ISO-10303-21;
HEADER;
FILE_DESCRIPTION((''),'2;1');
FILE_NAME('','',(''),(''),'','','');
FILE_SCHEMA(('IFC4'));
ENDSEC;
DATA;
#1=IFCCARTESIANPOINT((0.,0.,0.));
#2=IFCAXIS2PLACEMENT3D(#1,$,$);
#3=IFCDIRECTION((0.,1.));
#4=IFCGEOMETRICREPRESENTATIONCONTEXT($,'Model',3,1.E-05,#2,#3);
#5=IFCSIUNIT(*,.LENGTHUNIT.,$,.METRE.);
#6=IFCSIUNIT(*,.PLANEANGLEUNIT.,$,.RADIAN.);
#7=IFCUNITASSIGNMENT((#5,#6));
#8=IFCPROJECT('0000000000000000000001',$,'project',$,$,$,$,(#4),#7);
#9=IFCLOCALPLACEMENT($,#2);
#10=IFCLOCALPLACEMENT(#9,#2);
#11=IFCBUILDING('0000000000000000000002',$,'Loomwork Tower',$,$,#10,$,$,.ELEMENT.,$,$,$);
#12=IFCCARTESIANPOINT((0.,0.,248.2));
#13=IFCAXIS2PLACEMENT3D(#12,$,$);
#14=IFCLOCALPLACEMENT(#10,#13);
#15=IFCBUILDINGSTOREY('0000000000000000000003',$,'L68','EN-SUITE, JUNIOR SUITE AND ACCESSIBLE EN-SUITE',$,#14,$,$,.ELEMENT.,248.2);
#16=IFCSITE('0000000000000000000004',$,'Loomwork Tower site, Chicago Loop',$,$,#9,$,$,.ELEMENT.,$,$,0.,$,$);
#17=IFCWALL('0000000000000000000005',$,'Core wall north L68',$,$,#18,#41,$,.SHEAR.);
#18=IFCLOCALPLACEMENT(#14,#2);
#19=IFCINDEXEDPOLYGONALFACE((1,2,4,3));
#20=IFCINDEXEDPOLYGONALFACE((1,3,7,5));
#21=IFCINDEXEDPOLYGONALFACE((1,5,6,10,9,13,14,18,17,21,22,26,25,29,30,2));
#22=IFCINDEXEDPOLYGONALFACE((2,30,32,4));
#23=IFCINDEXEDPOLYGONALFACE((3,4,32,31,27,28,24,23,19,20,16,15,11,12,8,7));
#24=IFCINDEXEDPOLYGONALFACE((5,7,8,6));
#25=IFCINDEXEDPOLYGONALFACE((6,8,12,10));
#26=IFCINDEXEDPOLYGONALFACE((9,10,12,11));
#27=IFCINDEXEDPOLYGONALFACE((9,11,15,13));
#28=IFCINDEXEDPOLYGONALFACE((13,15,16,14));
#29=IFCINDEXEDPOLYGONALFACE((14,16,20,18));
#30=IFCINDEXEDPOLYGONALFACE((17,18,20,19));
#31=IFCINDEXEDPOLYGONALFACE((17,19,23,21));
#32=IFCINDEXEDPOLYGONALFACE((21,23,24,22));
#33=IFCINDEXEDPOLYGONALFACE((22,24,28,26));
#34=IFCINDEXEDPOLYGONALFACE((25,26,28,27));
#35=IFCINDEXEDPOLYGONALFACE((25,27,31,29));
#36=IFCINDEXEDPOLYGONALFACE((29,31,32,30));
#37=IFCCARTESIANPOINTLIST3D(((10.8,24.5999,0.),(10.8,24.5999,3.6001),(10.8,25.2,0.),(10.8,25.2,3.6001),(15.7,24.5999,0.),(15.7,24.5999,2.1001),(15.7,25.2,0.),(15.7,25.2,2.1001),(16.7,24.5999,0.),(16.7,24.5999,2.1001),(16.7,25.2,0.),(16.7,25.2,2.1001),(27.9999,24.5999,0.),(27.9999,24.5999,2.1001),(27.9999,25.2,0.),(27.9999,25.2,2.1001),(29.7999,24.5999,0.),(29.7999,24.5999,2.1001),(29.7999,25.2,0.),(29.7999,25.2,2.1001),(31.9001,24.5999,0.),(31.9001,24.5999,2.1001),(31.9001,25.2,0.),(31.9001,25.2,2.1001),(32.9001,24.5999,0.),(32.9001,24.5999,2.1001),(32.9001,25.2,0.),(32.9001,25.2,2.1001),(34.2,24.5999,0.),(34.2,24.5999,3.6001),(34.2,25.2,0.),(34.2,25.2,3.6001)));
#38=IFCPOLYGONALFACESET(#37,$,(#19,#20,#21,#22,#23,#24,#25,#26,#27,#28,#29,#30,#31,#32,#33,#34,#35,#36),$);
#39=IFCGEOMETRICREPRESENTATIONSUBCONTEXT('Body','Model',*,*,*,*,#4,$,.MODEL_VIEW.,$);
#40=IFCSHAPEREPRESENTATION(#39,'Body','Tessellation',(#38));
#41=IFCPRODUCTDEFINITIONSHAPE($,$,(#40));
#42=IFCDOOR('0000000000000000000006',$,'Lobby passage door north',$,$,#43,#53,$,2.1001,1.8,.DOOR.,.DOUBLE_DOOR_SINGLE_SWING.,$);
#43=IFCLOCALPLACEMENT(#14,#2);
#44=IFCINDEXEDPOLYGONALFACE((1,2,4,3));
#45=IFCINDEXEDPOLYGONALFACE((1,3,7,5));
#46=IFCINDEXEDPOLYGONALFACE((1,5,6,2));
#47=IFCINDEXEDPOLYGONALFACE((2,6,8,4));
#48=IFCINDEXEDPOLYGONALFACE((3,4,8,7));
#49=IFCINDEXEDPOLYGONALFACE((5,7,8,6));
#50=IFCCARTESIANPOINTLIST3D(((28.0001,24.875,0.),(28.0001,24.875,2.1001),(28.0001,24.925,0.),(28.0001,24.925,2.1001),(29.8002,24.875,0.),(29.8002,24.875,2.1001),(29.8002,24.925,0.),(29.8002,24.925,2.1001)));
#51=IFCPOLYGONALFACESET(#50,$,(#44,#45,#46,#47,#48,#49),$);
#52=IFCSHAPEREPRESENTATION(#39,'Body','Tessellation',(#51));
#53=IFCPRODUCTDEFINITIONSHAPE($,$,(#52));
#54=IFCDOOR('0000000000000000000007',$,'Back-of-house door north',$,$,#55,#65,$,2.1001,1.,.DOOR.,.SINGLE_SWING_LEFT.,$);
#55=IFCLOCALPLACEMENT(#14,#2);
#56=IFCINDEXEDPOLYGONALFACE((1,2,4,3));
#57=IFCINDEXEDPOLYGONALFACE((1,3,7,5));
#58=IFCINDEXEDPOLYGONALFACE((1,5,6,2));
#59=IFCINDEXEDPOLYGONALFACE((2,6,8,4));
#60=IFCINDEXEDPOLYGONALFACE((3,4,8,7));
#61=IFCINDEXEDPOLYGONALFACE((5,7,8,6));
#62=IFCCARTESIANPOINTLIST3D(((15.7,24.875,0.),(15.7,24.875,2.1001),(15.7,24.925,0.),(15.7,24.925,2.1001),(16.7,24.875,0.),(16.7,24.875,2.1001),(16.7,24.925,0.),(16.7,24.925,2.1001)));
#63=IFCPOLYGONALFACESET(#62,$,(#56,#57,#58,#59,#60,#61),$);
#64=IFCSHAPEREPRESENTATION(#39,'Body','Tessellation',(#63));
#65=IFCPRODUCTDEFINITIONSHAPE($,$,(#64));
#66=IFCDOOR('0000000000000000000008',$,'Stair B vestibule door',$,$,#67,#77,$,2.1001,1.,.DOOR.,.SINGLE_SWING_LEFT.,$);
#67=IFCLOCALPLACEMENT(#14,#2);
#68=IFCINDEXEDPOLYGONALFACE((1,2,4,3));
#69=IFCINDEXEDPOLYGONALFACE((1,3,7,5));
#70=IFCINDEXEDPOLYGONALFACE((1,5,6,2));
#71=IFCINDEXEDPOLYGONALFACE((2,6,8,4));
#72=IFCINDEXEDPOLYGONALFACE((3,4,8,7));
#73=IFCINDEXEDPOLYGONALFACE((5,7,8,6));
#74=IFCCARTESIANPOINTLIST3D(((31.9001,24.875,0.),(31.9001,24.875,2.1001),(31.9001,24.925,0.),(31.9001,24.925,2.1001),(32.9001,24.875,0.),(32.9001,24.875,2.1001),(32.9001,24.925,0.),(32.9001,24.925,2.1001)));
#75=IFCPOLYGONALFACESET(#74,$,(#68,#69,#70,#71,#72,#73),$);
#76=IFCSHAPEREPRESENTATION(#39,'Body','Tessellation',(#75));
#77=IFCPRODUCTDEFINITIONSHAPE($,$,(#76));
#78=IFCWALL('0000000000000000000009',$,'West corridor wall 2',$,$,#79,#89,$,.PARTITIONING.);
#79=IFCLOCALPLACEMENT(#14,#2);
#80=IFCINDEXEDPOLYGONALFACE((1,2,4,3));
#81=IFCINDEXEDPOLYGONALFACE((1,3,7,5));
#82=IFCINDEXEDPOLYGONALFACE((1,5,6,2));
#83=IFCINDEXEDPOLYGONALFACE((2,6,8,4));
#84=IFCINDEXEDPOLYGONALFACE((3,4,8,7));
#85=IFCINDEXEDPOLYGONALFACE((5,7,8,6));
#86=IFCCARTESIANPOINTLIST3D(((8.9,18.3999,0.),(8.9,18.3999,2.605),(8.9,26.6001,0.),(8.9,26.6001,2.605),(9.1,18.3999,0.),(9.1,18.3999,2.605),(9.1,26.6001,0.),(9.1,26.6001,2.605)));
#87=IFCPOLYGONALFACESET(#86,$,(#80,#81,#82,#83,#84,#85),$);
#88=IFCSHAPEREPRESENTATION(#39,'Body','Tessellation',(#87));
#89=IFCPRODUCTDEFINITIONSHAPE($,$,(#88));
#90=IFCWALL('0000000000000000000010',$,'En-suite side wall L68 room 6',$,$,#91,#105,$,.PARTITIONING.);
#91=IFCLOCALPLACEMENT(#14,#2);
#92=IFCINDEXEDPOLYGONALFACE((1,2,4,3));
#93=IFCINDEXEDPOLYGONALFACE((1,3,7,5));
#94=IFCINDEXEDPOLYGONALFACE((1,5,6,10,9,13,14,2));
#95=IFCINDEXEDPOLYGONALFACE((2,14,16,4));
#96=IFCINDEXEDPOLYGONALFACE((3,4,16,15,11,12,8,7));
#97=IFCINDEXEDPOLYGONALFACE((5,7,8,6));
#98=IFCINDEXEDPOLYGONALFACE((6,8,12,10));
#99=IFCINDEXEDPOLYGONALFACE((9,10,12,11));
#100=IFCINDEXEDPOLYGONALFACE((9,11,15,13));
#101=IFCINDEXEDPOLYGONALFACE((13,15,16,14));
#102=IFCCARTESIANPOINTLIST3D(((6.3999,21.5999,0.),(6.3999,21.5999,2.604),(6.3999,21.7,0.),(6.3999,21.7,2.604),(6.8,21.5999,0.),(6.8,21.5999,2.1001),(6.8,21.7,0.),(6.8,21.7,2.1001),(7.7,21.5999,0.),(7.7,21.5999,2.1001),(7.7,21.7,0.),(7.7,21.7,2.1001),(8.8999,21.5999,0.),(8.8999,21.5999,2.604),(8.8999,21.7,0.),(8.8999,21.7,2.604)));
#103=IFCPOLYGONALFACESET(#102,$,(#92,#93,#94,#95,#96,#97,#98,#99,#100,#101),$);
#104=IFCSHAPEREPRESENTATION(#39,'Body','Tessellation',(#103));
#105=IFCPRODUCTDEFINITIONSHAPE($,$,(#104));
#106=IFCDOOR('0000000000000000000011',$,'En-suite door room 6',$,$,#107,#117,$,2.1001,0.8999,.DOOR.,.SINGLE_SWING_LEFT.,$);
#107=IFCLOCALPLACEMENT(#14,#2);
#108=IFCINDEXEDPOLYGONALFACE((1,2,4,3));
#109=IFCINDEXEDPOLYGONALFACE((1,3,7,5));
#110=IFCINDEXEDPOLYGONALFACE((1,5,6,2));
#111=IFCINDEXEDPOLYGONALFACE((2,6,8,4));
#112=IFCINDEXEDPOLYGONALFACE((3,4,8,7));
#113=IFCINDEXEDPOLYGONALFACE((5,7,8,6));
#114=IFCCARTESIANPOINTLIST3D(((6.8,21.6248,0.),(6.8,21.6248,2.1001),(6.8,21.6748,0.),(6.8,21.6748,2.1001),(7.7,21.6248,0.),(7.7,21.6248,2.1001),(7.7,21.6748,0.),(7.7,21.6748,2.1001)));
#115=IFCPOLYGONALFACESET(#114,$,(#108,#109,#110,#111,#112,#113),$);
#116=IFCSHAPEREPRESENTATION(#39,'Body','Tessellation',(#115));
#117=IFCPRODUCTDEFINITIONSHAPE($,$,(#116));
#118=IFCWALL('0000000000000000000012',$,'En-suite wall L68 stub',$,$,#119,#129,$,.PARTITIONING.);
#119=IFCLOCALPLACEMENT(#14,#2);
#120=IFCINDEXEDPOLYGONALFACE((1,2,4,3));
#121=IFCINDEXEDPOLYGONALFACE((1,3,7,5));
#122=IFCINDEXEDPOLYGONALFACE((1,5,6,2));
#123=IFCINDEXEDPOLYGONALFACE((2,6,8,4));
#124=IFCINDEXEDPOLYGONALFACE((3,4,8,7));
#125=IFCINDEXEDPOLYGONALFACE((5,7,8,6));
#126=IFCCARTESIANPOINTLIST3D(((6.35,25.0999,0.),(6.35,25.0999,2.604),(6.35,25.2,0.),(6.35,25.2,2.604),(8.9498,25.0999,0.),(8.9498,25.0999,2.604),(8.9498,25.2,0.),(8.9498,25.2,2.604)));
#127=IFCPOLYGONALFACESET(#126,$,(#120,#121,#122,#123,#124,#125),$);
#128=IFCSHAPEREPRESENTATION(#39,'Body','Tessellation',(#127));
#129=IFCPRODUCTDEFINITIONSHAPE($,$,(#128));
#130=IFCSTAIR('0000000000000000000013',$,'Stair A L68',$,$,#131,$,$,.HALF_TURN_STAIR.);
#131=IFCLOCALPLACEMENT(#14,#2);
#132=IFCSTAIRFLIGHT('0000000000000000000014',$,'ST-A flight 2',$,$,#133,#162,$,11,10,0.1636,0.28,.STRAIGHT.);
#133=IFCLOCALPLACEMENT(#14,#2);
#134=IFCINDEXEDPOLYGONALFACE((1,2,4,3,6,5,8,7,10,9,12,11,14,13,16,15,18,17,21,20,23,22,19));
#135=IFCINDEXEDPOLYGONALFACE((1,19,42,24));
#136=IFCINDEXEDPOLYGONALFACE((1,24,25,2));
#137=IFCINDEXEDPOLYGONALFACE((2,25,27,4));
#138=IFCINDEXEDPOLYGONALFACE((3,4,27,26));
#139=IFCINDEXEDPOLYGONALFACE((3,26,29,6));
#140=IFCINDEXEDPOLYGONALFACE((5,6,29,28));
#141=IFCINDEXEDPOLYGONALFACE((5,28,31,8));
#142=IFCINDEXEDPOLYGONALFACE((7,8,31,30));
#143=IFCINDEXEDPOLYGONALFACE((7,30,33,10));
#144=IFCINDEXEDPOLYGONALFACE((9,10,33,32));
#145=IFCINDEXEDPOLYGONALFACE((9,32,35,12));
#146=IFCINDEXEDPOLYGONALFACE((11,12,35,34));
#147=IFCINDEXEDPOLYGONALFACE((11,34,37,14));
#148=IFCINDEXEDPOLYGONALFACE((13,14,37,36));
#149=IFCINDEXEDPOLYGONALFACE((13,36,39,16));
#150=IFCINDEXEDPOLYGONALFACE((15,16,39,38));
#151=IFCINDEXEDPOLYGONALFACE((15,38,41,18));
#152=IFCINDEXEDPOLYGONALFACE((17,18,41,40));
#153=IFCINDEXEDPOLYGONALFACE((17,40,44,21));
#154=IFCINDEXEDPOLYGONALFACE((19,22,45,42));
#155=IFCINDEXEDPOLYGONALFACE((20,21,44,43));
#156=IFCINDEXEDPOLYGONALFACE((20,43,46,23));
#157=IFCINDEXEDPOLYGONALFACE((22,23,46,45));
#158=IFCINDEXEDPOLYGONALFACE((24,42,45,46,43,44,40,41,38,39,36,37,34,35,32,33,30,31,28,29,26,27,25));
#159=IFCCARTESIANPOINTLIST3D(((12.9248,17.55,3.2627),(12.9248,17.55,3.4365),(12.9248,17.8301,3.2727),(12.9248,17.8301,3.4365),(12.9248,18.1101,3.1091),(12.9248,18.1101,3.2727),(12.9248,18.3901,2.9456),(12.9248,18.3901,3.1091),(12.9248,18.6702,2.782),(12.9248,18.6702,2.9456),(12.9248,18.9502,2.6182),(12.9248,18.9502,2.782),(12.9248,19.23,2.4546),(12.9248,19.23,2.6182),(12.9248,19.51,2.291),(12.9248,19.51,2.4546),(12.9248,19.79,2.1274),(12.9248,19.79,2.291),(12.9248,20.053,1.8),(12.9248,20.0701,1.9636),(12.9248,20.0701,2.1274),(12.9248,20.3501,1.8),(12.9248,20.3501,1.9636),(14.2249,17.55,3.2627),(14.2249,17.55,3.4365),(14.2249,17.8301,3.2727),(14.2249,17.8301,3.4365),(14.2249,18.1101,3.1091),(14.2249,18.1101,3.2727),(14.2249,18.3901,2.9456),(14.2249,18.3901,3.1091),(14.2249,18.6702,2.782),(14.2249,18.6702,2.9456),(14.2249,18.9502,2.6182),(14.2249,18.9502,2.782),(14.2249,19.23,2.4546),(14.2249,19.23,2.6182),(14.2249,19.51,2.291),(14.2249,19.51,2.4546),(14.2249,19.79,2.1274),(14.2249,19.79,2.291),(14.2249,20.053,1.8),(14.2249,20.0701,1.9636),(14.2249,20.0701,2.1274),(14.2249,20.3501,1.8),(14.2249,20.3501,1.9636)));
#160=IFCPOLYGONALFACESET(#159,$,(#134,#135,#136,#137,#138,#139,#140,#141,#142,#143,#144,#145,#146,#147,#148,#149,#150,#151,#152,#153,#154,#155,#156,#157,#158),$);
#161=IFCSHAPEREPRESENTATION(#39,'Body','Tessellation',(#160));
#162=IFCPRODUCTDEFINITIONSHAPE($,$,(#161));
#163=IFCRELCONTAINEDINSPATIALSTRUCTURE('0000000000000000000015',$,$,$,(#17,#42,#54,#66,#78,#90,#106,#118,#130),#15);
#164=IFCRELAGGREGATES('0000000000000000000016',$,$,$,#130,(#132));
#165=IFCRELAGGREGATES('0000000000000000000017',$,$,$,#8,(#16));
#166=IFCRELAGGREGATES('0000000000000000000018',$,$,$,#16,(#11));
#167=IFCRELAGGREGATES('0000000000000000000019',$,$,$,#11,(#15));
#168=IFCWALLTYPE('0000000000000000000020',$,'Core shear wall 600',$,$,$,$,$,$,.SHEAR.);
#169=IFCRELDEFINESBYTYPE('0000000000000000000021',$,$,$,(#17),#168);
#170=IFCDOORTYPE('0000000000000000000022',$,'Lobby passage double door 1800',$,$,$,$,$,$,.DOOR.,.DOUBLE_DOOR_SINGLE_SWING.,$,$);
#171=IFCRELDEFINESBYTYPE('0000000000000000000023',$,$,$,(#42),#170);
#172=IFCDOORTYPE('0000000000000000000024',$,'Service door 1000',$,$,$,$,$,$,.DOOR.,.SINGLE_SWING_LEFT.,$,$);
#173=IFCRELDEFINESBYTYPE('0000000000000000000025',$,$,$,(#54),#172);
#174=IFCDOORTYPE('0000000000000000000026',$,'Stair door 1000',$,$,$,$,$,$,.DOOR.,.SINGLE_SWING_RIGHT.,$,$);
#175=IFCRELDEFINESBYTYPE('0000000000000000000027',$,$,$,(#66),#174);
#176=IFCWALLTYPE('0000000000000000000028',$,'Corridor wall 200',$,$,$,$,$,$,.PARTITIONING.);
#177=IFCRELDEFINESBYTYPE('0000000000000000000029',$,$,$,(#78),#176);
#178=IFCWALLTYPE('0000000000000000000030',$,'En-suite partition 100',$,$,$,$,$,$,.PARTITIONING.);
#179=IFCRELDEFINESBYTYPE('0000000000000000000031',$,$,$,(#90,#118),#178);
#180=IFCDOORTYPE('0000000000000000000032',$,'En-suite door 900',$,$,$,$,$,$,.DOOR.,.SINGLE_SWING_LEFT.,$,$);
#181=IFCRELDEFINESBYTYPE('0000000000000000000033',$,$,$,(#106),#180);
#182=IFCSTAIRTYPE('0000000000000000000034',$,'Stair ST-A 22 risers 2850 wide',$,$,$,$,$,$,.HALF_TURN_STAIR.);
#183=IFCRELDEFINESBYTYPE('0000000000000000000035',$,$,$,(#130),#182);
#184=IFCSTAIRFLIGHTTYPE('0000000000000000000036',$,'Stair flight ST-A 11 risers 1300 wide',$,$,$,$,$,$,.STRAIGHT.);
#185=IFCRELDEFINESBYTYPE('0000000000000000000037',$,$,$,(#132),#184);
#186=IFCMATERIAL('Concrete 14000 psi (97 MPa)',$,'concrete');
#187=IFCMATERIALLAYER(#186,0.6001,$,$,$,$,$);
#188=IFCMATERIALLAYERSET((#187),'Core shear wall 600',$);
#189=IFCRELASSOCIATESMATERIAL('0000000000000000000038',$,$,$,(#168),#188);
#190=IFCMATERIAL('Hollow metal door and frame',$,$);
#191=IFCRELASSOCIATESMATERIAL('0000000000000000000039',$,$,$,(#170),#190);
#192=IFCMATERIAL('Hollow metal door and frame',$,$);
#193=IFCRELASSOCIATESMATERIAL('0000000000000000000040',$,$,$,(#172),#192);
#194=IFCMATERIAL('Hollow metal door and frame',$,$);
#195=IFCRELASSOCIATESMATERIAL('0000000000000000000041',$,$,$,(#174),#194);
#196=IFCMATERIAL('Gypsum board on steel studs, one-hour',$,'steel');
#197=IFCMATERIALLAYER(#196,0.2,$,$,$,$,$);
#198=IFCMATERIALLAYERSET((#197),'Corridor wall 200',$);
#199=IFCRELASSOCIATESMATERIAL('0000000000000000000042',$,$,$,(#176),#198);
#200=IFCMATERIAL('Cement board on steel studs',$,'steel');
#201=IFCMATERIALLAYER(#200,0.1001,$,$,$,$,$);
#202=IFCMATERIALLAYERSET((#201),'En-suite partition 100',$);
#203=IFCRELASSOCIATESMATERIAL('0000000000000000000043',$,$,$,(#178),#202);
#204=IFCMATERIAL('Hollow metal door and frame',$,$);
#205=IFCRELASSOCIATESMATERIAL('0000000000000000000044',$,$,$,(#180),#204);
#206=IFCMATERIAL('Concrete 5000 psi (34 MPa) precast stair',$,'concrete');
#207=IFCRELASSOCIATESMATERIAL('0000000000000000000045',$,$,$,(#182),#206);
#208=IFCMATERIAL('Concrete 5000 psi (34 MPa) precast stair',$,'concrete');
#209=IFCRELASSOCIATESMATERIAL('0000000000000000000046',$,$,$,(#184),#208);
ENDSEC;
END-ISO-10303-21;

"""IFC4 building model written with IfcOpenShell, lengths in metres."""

from ifc_helpers import new_model, si_unit, direction, frame, frame_2d, origin, place, context, subcontext, project, spatial, polyline, rectangle, outline, extrude, material, layer, layer_set, type_object, element, fill, aggregate, save


model = new_model("IFC4")

# Units and contexts
model_context = context("Model", 3, precision=1e-05, world=origin(), true_north=direction((0.0, 1.0)))
body_context = subcontext(model_context, "Body", "Model", "MODEL_VIEW")
ifc_project = project(units=[si_unit("LENGTHUNIT", "METRE"), si_unit("PLANEANGLEUNIT", "RADIAN")], contexts=[model_context])

# Site, building, storey
site_placement = place(None, origin())
site = spatial("IfcSite", under=ifc_project, at=site_placement, Name="Loomwork Tower site, Chicago Loop", CompositionType="ELEMENT", RefElevation=0.0)
building_placement = place(site_placement, origin())
building = spatial("IfcBuilding", under=site, at=building_placement, Name="Loomwork Tower", CompositionType="ELEMENT")
storey_placement = place(building_placement, frame((0.0, 0.0, 248.2)))
storey = spatial("IfcBuildingStorey", under=building, at=storey_placement, Name="L68", Description="EN-SUITE, JUNIOR SUITE AND ACCESSIBLE EN-SUITE", CompositionType="ELEMENT", Elevation=248.2)

# Wall, openings, doors
ifc_material_1 = material(Name="Concrete 14000 psi (97 MPa)", Category="concrete")
ifc_layer_1 = layer(ifc_material_1, 0.6001)
ifc_layer_set_1 = layer_set([ifc_layer_1], Name="Core shear wall 600")
wall_type_1 = type_object("IfcWallType", Name="Core shear wall 600", PredefinedType="SHEAR", material=ifc_layer_set_1)
wall_1_placement = place(storey_placement, frame((10.8, 24.8999, 0.0), z_axis=(0.0, 0.0, 1.0), x_axis=(1.0, 0.0, 0.0)))
wall_1 = element("IfcWall", 1, at=wall_1_placement, inside=storey, type_object=wall_type_1, Name="Core wall north L68", PredefinedType="SHEAR", context=body_context, shape_type="SweptSolid", body=[
    extrude(rectangle(XDim=23.3999, YDim=0.6001, at=frame_2d((11.7, 0.0))), origin(), (0.0, 0.0, 1.0), 3.6001),
])
opening_1_placement = place(wall_1_placement, frame((17.2, 0.0, 0.0)))
opening_1 = element("IfcOpeningElement", 2, at=opening_1_placement, cuts=wall_1, PredefinedType="OPENING", context=body_context, shape_type="SweptSolid", body=[
    extrude(rectangle(XDim=1.8, YDim=2.1001, at=frame_2d((0.8999, 1.05))), frame((0.0, 0.3101, 0.0), z_axis=(0.0, -1.0, 0.0), x_axis=(1.0, 0.0, 0.0)), (0.0, 0.0, 1.0), 0.6201),
])
opening_2_placement = place(wall_1_placement, frame((21.1001, 0.0, 0.0)))
opening_2 = element("IfcOpeningElement", 3, at=opening_2_placement, cuts=wall_1, PredefinedType="OPENING", context=body_context, shape_type="SweptSolid", body=[
    extrude(rectangle(XDim=1.0, YDim=2.1001, at=frame_2d((0.5, 1.05))), frame((0.0, 0.3101, 0.0), z_axis=(0.0, -1.0, 0.0), x_axis=(1.0, 0.0, 0.0)), (0.0, 0.0, 1.0), 0.6201),
])
opening_3_placement = place(wall_1_placement, frame((4.8999, 0.0, 0.0)))
opening_3 = element("IfcOpeningElement", 4, at=opening_3_placement, cuts=wall_1, PredefinedType="OPENING", context=body_context, shape_type="SweptSolid", body=[
    extrude(rectangle(XDim=1.0, YDim=2.1001, at=frame_2d((0.5, 1.05))), frame((0.0, 0.3101, 0.0), z_axis=(0.0, -1.0, 0.0), x_axis=(1.0, 0.0, 0.0)), (0.0, 0.0, 1.0), 0.6201),
])
ifc_material_2 = material(Name="Hollow metal door and frame")
door_type_1 = type_object("IfcDoorType", Name="Lobby passage double door 1800", OperationType="DOUBLE_DOOR_SINGLE_SWING", PredefinedType="DOOR", material=ifc_material_2)
door_1_placement = place(opening_1_placement, frame((1.8, 0.0, 0.0), z_axis=(0.0, 0.0, 1.0), x_axis=(-1.0, 0.0, 0.0)))
door_1 = element("IfcDoor", 5, at=door_1_placement, inside=storey, type_object=door_type_1, Name="Lobby passage door north", OperationType="DOUBLE_DOOR_SINGLE_SWING", OverallHeight=2.1001, OverallWidth=1.8, PredefinedType="DOOR", context=body_context, shape_type="SweptSolid", body=[
    extrude(rectangle(XDim=1.8, YDim=2.1001, at=frame_2d((0.8999, 1.05))), frame((0.0, 0.0249, 0.0), z_axis=(0.0, -1.0, 0.0), x_axis=(1.0, 0.0, 0.0)), (0.0, 0.0, 1.0), 0.05),
])
fill(opening_1, door_1)
ifc_material_3 = material(Name="Hollow metal door and frame")
door_type_2 = type_object("IfcDoorType", Name="Service door 1000", OperationType="SINGLE_SWING_LEFT", PredefinedType="DOOR", material=ifc_material_3)
door_2_placement = place(opening_3_placement, frame((1.0, 0.0, 0.0), z_axis=(0.0, 0.0, 1.0), x_axis=(-1.0, 0.0, 0.0)))
door_2 = element("IfcDoor", 6, at=door_2_placement, inside=storey, type_object=door_type_2, Name="Back-of-house door north", OperationType="SINGLE_SWING_LEFT", OverallHeight=2.1001, OverallWidth=1.0, PredefinedType="DOOR", context=body_context, shape_type="SweptSolid", body=[
    extrude(rectangle(XDim=1.0, YDim=2.1001, at=frame_2d((0.5, 1.05))), frame((0.0, 0.0249, 0.0), z_axis=(0.0, -1.0, 0.0), x_axis=(1.0, 0.0, 0.0)), (0.0, 0.0, 1.0), 0.05),
])
fill(opening_3, door_2)
ifc_material_4 = material(Name="Hollow metal door and frame")
door_type_3 = type_object("IfcDoorType", Name="Stair door 1000", OperationType="SINGLE_SWING_RIGHT", PredefinedType="DOOR", material=ifc_material_4)
door_3_placement = place(opening_2_placement, frame((1.0, 0.0, 0.0), z_axis=(0.0, 0.0, 1.0), x_axis=(-1.0, 0.0, 0.0)))
door_3 = element("IfcDoor", 7, at=door_3_placement, inside=storey, type_object=door_type_3, Name="Stair B vestibule door", OperationType="SINGLE_SWING_LEFT", OverallHeight=2.1001, OverallWidth=1.0, PredefinedType="DOOR", context=body_context, shape_type="SweptSolid", body=[
    extrude(rectangle(XDim=1.0, YDim=2.1001, at=frame_2d((0.5, 1.05))), frame((0.0, 0.0249, 0.0), z_axis=(0.0, -1.0, 0.0), x_axis=(1.0, 0.0, 0.0)), (0.0, 0.0, 1.0), 0.05),
])
fill(opening_2, door_3)

# Wall
ifc_material_5 = material(Name="Gypsum board on steel studs, one-hour", Category="steel")
ifc_layer_2 = layer(ifc_material_5, 0.2)
ifc_layer_set_2 = layer_set([ifc_layer_2], Name="Corridor wall 200")
wall_type_2 = type_object("IfcWallType", Name="Corridor wall 200", PredefinedType="PARTITIONING", material=ifc_layer_set_2)
wall_2_placement = place(storey_placement, frame((9.0, 18.3999, 0.0), z_axis=(0.0, 0.0, 1.0), x_axis=(0.0, 1.0, 0.0)))
element("IfcWall", 8, at=wall_2_placement, inside=storey, type_object=wall_type_2, Name="West corridor wall 2", PredefinedType="PARTITIONING", context=body_context, shape_type="SweptSolid", body=[
    extrude(rectangle(XDim=8.2002, YDim=0.2, at=frame_2d((4.1001, 0.0))), origin(), (0.0, 0.0, 1.0), 2.605),
])

# Wall, opening, door
ifc_material_6 = material(Name="Cement board on steel studs", Category="steel")
ifc_layer_3 = layer(ifc_material_6, 0.1001)
ifc_layer_set_3 = layer_set([ifc_layer_3], Name="En-suite partition 100")
wall_type_3 = type_object("IfcWallType", Name="En-suite partition 100", PredefinedType="PARTITIONING", material=ifc_layer_set_3)
wall_3_placement = place(storey_placement, frame((8.8999, 21.6499, 0.0), z_axis=(0.0, 0.0, 1.0), x_axis=(-1.0, 0.0, 0.0)))
wall_3 = element("IfcWall", 9, at=wall_3_placement, inside=storey, type_object=wall_type_3, Name="En-suite side wall L68 room 6", PredefinedType="PARTITIONING", context=body_context, shape_type="SweptSolid", body=[
    extrude(rectangle(XDim=2.5, YDim=0.1001, at=frame_2d((1.25, 0.0))), origin(), (0.0, 0.0, 1.0), 2.604),
])
opening_4_placement = place(wall_3_placement, frame((1.2, 0.0, 0.0)))
opening_4 = element("IfcOpeningElement", 10, at=opening_4_placement, cuts=wall_3, PredefinedType="OPENING", context=body_context, shape_type="SweptSolid", body=[
    extrude(rectangle(XDim=0.8999, YDim=2.1001, at=frame_2d((0.45, 1.05))), frame((0.0, 0.0601, 0.0), z_axis=(0.0, -1.0, 0.0), x_axis=(1.0, 0.0, 0.0)), (0.0, 0.0, 1.0), 0.1201),
])
ifc_material_7 = material(Name="Hollow metal door and frame")
door_type_4 = type_object("IfcDoorType", Name="En-suite door 900", OperationType="SINGLE_SWING_LEFT", PredefinedType="DOOR", material=ifc_material_7)
door_4_placement = place(opening_4_placement, frame((0.8999, 0.0, 0.0), z_axis=(0.0, 0.0, 1.0), x_axis=(-1.0, 0.0, 0.0)))
door_4 = element("IfcDoor", 11, at=door_4_placement, inside=storey, type_object=door_type_4, Name="En-suite door room 6", OperationType="SINGLE_SWING_LEFT", OverallHeight=2.1001, OverallWidth=0.8999, PredefinedType="DOOR", context=body_context, shape_type="SweptSolid", body=[
    extrude(rectangle(XDim=0.8999, YDim=2.1001, at=frame_2d((0.45, 1.05))), frame((0.0, 0.0249, 0.0), z_axis=(0.0, -1.0, 0.0), x_axis=(1.0, 0.0, 0.0)), (0.0, 0.0, 1.0), 0.05),
])
fill(opening_4, door_4)

# Wall
wall_4_placement = place(storey_placement, frame((6.3501, 25.1499, 0.0), z_axis=(0.0, 0.0, 1.0), x_axis=(1.0, 0.0, 0.0)))
element("IfcWall", 12, at=wall_4_placement, inside=storey, type_object=wall_type_3, Name="En-suite wall L68 stub", PredefinedType="PARTITIONING", context=body_context, shape_type="SweptSolid", body=[
    extrude(rectangle(XDim=2.5999, YDim=0.1001, at=frame_2d((1.2998, 0.0))), origin(), (0.0, 0.0, 1.0), 2.604),
])

# Stair, stair flight
ifc_material_8 = material(Name="Concrete 5000 psi (34 MPa) precast stair", Category="concrete")
stair_type = type_object("IfcStairType", Name="Stair ST-A 22 risers 2850 wide", PredefinedType="HALF_TURN_STAIR", material=ifc_material_8)
stair_placement = place(storey_placement, origin())
stair = element("IfcStair", 13, at=stair_placement, inside=storey, type_object=stair_type, Name="Stair A L68", PredefinedType="HALF_TURN_STAIR")
ifc_material_9 = material(Name="Concrete 5000 psi (34 MPa) precast stair", Category="concrete")
stair_flight_type = type_object("IfcStairFlightType", Name="Stair flight ST-A 11 risers 1300 wide", PredefinedType="STRAIGHT", material=ifc_material_9)
stair_flight_placement = place(storey_placement, frame((13.575, 20.3501, 1.8), z_axis=(0.0, 0.0, 1.0), x_axis=(0.0, -1.0, 0.0)))
stair_flight = element("IfcStairFlight", 14, at=stair_flight_placement, type_object=stair_flight_type, Name="ST-A flight 2", NumberOfRisers=11, NumberOfTreads=10, PredefinedType="STRAIGHT", RiserHeight=0.1636, TreadLength=0.28, context=body_context, shape_type="SweptSolid", body=[
    extrude(outline(polyline([(0.0, 0.0), (0.0, 0.1636), (0.28, 0.1636), (0.28, 0.3274), (0.5601, 0.3274), (0.5601, 0.491), (0.8401, 0.491), (0.8401, 0.6545), (1.1201, 0.6545), (1.1201, 0.8181), (1.3999, 0.8181), (1.3999, 0.9819), (1.6799, 0.9819), (1.6799, 1.1455), (1.96, 1.1455), (1.96, 1.3091), (2.24, 1.3091), (2.24, 1.4727), (2.52, 1.4727), (2.52, 1.6365), (2.8, 1.6365), (2.8, 1.8), (2.8, 1.4626), (0.2971, 0.0), (0.0, 0.0)])), frame((0.0, 0.6499, 0.0), z_axis=(0.0, -1.0, 0.0), x_axis=(1.0, 0.0, 0.0)), (0.0, 0.0, 1.0), 1.3),
])
aggregate(stair, [stair_flight])

save(model, "model.ifc")
